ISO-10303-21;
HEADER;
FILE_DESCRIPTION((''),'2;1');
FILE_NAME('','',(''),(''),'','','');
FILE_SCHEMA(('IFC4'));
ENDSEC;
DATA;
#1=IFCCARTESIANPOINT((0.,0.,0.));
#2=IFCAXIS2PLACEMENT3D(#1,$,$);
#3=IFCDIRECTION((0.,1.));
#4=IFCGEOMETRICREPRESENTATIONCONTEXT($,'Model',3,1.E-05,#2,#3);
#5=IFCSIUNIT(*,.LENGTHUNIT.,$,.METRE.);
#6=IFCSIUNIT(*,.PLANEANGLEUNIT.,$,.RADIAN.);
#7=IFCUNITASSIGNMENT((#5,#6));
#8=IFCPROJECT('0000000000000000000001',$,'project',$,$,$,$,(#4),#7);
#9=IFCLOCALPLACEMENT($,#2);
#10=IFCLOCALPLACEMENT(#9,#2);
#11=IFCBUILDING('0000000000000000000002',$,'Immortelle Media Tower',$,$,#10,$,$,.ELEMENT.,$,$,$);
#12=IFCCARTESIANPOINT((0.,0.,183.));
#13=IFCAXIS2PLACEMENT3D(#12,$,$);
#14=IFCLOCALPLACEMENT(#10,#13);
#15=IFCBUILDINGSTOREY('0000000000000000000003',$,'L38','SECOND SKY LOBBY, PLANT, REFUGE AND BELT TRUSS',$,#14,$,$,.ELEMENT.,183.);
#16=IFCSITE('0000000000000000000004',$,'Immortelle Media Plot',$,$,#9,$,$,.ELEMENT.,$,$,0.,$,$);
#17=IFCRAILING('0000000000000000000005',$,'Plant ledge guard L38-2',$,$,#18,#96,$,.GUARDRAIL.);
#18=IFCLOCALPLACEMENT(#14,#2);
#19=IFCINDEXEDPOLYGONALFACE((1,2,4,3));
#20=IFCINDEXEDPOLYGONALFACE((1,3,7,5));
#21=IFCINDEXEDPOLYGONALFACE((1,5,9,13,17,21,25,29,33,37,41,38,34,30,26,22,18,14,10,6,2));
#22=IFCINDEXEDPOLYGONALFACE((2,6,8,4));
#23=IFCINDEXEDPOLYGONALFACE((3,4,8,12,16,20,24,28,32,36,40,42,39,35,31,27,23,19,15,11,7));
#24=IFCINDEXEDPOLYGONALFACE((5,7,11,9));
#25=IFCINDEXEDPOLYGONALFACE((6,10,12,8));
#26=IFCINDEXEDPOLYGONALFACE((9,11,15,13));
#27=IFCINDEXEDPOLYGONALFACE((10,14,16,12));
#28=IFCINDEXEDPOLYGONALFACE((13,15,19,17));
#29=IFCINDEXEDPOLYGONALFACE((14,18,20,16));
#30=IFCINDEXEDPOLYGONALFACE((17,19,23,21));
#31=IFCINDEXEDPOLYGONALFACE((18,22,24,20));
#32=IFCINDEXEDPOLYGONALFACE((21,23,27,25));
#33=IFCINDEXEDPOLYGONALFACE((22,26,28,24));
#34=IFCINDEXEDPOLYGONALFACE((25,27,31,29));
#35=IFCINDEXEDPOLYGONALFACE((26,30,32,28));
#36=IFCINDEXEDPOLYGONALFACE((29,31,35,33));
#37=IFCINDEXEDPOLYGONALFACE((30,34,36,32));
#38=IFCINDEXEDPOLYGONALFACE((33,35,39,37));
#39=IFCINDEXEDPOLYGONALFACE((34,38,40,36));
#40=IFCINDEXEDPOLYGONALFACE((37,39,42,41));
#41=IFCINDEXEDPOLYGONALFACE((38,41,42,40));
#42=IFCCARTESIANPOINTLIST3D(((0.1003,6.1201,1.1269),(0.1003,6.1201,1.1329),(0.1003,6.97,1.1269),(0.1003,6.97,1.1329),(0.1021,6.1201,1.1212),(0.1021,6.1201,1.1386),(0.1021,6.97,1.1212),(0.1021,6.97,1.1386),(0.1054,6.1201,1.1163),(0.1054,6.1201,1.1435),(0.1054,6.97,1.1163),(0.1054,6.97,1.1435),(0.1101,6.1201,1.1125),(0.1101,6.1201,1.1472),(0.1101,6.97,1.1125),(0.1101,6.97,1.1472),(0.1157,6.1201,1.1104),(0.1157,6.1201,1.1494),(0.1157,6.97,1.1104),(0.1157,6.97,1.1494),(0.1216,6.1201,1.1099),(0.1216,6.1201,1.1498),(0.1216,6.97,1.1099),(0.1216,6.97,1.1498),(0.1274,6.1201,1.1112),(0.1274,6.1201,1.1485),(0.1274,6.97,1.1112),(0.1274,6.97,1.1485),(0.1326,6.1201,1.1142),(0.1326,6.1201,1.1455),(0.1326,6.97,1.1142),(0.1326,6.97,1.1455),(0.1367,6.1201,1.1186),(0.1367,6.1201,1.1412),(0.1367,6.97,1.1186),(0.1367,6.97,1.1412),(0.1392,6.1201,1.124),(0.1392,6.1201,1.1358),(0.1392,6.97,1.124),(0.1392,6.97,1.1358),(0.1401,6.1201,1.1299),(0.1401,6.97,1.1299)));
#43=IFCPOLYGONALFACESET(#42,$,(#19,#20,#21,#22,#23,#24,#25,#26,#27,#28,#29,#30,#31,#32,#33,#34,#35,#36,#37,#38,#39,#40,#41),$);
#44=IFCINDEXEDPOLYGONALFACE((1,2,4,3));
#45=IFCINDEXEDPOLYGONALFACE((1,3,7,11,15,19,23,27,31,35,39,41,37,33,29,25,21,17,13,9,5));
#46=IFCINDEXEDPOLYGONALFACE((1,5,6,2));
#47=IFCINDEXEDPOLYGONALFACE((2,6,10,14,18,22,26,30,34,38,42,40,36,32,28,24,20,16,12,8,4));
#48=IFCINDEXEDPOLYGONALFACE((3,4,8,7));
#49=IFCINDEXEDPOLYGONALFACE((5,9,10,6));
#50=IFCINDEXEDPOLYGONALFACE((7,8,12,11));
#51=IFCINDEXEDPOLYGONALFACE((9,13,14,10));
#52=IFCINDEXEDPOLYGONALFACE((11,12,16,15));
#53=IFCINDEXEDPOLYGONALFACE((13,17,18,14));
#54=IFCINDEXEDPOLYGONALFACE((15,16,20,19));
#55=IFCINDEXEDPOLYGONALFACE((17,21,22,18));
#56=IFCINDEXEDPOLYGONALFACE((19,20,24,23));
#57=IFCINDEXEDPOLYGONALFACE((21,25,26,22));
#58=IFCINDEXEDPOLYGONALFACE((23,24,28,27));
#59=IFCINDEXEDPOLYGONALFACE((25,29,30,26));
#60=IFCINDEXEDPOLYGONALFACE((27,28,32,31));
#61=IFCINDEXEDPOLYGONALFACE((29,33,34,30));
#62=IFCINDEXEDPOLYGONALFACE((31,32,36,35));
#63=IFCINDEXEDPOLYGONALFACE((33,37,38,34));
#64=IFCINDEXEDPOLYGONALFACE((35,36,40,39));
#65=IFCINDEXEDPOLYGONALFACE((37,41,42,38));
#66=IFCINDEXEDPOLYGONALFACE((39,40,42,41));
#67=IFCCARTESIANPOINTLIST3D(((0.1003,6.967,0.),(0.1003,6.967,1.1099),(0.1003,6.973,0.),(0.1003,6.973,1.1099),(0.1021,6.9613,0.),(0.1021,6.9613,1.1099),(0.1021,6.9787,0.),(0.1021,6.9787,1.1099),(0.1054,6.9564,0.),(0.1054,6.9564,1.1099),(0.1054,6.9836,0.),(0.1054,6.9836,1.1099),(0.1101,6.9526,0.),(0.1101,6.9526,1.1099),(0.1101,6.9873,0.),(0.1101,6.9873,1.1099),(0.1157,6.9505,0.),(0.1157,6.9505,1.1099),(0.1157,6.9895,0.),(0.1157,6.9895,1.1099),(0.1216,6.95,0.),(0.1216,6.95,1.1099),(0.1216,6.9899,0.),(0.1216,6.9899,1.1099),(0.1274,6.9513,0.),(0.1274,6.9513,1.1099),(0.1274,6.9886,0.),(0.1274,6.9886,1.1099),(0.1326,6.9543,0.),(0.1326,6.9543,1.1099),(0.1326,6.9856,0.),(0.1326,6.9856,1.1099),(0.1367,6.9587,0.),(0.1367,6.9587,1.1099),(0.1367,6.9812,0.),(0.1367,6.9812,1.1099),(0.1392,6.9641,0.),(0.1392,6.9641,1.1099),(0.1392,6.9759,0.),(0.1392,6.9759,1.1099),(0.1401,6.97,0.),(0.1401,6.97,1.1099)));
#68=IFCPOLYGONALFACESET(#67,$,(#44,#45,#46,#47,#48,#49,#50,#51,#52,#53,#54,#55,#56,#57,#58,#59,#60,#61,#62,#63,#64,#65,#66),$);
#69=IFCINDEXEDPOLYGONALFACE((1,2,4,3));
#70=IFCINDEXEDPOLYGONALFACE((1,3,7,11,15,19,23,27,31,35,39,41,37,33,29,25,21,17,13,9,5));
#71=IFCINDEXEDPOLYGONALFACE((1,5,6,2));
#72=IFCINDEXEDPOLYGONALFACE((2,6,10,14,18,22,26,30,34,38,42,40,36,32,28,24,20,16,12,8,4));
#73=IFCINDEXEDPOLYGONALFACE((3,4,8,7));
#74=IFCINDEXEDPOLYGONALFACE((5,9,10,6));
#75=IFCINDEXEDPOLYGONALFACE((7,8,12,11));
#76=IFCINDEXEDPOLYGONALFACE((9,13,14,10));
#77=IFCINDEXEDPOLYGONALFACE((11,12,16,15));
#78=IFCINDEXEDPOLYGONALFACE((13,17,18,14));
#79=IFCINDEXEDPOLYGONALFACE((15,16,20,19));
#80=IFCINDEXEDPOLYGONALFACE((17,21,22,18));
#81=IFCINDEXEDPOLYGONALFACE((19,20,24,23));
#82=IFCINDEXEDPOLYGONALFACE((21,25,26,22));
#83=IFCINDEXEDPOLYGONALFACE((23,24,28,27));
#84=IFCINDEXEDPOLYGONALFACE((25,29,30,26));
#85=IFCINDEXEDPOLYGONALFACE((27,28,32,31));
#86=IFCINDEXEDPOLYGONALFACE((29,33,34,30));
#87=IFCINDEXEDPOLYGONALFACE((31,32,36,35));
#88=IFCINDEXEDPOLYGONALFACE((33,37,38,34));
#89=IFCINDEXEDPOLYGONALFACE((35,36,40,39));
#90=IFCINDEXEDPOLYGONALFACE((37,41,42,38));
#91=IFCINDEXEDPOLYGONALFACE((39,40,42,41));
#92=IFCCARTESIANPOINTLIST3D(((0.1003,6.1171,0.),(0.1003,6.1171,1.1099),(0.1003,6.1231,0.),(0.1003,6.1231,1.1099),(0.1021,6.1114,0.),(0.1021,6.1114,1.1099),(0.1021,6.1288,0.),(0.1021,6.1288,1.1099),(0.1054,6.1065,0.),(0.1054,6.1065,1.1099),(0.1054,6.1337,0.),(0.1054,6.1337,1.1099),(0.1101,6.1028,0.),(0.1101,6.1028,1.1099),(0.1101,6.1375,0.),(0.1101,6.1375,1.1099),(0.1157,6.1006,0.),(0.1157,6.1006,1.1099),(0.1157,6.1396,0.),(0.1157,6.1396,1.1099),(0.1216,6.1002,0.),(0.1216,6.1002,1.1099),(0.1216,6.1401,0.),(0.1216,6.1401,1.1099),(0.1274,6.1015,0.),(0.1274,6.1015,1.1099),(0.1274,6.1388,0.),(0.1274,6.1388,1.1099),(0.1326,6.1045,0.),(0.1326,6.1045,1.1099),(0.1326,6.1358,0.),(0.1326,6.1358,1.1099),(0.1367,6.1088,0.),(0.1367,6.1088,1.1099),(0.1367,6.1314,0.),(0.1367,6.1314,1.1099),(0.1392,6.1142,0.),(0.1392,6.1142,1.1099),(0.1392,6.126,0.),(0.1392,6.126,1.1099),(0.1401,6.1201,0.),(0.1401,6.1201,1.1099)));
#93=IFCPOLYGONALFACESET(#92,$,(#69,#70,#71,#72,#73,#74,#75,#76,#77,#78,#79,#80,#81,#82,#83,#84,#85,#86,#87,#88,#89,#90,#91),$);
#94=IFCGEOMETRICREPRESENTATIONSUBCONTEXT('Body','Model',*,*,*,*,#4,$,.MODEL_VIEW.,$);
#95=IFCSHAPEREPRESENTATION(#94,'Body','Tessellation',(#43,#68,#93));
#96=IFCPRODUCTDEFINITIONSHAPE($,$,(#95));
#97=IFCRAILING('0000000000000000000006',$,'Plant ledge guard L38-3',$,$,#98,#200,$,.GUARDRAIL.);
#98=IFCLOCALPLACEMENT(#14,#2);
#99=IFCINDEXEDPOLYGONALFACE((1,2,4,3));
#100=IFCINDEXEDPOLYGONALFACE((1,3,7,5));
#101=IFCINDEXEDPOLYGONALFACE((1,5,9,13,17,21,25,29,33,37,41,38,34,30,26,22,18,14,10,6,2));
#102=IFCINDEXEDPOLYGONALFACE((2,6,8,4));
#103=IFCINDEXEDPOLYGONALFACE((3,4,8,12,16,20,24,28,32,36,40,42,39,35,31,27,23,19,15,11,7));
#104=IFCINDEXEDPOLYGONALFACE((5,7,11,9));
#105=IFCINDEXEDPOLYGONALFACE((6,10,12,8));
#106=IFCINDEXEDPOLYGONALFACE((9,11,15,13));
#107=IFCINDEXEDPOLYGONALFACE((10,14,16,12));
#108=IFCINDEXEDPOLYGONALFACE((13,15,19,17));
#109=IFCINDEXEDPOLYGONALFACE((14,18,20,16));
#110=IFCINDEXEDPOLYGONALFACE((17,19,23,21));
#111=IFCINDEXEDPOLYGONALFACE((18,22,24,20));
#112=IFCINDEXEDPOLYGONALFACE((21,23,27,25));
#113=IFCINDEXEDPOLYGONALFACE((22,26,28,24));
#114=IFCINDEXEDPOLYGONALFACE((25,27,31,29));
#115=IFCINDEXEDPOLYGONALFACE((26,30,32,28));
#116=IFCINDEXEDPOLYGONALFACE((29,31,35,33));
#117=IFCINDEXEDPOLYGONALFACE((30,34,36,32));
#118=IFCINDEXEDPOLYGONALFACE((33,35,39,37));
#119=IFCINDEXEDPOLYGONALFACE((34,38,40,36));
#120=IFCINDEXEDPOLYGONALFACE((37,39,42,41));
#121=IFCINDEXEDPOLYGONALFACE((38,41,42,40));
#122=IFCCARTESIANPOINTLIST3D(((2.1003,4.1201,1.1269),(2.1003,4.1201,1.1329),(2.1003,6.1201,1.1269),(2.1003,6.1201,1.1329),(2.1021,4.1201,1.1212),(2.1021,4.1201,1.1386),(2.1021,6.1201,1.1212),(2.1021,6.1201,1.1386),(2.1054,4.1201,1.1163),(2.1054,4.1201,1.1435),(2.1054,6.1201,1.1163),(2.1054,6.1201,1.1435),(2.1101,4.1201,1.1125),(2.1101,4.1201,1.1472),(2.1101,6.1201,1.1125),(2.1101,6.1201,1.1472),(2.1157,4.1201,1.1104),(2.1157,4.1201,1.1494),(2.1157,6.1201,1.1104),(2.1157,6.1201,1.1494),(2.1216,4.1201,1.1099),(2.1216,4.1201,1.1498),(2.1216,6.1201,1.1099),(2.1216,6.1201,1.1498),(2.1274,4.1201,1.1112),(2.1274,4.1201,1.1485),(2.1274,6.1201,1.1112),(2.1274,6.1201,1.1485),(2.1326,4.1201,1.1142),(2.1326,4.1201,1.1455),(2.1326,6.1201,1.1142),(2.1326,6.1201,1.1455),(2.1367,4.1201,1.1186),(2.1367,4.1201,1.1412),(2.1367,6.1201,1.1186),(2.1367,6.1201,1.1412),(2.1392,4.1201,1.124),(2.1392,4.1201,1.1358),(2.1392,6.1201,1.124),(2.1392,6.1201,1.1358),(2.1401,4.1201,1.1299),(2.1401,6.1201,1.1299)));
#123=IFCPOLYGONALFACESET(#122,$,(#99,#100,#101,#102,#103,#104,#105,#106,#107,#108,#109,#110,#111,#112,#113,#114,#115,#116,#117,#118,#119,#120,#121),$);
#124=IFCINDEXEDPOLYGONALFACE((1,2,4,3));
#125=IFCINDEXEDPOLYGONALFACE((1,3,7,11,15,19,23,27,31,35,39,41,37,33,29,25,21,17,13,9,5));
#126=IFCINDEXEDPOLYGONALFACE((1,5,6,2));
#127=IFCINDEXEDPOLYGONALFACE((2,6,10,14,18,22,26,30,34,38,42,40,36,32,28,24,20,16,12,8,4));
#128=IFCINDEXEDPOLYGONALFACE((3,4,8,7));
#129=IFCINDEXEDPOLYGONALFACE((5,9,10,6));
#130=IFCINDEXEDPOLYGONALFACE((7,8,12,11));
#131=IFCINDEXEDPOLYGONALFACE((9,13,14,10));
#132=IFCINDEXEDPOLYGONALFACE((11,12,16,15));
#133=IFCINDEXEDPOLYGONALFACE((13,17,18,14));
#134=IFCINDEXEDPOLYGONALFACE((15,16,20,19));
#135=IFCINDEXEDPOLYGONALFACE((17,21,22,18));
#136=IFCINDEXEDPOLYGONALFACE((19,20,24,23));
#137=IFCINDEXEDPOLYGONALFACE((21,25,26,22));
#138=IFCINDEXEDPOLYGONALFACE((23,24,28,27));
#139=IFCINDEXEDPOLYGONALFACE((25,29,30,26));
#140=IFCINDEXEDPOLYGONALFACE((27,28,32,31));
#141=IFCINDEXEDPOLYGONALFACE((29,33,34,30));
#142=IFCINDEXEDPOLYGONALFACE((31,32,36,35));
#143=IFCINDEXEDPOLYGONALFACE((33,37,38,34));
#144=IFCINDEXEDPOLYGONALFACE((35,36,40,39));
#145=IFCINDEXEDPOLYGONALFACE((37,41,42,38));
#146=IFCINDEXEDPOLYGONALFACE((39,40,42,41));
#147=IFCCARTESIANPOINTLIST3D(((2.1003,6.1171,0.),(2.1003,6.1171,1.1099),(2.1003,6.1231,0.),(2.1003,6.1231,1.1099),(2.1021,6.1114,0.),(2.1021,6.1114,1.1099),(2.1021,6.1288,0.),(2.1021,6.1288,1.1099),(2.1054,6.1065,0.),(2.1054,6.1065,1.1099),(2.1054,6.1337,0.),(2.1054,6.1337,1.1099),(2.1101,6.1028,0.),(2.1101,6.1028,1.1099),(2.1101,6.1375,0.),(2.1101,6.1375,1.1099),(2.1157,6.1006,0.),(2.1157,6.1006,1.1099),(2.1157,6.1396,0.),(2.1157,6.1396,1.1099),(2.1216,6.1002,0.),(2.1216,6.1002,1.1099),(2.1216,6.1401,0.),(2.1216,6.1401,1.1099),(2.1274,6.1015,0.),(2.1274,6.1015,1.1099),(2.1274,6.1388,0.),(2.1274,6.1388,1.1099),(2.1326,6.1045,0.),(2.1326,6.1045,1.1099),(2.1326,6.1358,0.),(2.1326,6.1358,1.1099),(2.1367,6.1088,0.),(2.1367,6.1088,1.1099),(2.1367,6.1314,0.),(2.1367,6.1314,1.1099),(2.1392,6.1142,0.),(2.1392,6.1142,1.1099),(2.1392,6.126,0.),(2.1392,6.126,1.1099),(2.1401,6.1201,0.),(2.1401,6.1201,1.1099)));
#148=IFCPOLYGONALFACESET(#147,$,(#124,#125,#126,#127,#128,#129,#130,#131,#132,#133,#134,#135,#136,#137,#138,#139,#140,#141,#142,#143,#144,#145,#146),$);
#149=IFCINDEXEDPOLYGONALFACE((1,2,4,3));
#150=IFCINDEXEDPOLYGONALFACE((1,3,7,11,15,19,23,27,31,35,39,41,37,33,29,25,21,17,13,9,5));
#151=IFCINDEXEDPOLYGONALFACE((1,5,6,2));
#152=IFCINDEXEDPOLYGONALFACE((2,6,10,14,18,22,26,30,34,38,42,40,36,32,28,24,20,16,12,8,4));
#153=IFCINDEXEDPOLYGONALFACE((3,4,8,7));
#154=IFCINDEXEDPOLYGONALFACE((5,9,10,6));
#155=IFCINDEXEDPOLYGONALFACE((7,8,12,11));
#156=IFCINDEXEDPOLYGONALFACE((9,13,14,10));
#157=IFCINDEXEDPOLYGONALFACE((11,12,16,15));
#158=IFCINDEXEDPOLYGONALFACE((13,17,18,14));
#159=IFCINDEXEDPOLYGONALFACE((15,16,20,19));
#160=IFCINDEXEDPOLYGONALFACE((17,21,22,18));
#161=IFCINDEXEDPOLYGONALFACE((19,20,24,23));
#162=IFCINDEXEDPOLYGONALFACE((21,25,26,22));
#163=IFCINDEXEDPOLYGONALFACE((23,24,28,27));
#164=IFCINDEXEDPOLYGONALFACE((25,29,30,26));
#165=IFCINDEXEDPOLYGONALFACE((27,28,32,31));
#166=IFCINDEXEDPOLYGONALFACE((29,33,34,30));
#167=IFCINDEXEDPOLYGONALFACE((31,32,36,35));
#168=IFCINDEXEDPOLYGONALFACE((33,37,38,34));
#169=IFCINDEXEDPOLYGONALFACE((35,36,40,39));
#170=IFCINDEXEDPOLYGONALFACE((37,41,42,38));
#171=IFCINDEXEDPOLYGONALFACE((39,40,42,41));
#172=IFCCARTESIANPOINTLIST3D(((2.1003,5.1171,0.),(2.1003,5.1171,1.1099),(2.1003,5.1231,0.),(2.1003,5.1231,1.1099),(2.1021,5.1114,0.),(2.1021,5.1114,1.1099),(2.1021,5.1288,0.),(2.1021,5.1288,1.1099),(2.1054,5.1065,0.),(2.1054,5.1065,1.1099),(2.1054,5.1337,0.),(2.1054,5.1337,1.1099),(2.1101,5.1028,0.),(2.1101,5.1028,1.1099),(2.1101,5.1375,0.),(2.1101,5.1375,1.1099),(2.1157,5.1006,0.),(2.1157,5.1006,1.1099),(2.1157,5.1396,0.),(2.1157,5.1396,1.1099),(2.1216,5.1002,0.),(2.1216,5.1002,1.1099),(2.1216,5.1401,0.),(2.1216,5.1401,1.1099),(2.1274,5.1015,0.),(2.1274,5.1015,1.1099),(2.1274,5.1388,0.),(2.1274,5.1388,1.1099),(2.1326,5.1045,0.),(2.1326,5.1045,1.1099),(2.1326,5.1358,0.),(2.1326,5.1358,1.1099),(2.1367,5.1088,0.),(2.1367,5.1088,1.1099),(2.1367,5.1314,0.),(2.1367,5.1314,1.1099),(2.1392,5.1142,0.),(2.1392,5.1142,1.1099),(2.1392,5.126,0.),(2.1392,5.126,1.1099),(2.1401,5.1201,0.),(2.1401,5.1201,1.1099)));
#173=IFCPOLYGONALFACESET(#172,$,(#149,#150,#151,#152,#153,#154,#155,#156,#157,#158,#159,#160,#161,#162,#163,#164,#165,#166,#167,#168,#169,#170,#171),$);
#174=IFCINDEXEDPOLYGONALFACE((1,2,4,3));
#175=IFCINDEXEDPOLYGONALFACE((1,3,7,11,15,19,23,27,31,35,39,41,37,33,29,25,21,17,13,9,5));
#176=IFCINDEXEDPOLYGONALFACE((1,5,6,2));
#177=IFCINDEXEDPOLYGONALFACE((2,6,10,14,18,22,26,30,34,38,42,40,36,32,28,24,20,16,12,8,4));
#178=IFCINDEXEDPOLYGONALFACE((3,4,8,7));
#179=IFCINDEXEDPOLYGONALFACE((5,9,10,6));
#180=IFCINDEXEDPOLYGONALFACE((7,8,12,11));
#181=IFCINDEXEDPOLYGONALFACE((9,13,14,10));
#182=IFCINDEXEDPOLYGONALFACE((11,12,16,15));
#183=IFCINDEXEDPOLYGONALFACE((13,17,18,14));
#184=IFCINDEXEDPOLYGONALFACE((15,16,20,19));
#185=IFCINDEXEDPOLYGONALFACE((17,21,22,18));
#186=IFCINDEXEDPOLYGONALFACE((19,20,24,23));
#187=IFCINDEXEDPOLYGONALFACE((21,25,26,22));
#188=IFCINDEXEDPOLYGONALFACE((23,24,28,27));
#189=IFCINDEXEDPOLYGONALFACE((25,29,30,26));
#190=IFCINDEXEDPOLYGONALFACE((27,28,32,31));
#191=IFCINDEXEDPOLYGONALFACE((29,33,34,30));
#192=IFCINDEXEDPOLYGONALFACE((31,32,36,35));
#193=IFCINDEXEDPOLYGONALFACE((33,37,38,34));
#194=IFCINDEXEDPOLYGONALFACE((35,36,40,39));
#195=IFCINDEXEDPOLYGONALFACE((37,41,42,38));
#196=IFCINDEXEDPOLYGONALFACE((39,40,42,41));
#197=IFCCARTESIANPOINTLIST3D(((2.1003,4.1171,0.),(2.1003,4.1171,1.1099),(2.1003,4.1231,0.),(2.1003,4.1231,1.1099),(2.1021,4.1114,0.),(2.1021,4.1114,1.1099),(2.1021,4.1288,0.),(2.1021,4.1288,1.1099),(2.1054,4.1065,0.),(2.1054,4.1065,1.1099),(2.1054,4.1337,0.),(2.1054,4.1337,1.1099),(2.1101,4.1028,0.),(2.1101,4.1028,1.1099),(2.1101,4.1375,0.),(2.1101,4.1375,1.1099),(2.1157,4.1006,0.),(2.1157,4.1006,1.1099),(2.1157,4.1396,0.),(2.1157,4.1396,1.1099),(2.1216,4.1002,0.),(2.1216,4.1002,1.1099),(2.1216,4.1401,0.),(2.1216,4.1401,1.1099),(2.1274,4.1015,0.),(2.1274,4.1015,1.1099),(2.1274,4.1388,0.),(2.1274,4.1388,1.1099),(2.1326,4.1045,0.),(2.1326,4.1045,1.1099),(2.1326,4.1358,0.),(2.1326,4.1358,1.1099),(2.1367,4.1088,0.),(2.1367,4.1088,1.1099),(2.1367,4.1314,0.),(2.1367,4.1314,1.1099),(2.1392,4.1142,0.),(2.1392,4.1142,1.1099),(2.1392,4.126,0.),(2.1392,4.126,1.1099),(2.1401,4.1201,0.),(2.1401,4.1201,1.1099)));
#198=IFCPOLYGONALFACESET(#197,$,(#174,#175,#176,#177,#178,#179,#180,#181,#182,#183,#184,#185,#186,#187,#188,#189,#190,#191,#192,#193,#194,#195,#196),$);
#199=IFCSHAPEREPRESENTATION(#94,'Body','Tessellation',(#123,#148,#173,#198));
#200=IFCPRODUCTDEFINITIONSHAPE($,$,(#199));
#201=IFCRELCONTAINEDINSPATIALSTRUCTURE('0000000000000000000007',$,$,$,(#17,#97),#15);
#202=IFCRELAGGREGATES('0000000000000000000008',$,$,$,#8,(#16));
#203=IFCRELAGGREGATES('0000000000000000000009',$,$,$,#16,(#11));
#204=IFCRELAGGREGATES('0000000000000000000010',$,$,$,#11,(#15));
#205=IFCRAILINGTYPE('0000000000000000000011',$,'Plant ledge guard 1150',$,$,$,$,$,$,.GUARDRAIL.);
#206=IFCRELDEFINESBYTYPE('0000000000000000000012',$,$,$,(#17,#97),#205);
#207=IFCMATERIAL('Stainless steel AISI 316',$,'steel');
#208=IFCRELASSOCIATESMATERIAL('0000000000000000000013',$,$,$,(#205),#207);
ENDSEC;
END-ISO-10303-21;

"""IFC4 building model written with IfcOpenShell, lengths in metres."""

from ifc_helpers import new_model, si_unit, direction, frame, origin, origin_2d, place, context, subcontext, project, spatial, circle, extrude, material, type_object, element, save


model = new_model("IFC4")

# Units and contexts
model_context = context("Model", 3, precision=1e-05, world=origin(), true_north=direction((0.0, 1.0)))
body_context = subcontext(model_context, "Body", "Model", "MODEL_VIEW")
ifc_project = project(units=[si_unit("LENGTHUNIT", "METRE"), si_unit("PLANEANGLEUNIT", "RADIAN")], contexts=[model_context])

# Site, building, storey
site_placement = place(None, origin())
site = spatial("IfcSite", under=ifc_project, at=site_placement, Name="Immortelle Media Plot", CompositionType="ELEMENT", RefElevation=0.0)
building_placement = place(site_placement, origin())
building = spatial("IfcBuilding", under=site, at=building_placement, Name="Immortelle Media Tower", CompositionType="ELEMENT")
storey_placement = place(building_placement, frame((0.0, 0.0, 183.0)))
storey = spatial("IfcBuildingStorey", under=building, at=storey_placement, Name="L38", Description="SECOND SKY LOBBY, PLANT, REFUGE AND BELT TRUSS", CompositionType="ELEMENT", Elevation=183.0)

# Railings
ifc_material_1 = material(Name="Stainless steel AISI 316", Category="steel")
railing_type = type_object("IfcRailingType", Name="Plant ledge guard 1150", PredefinedType="GUARDRAIL", material=ifc_material_1)
railing_1_placement = place(storey_placement, frame((0.1201, 6.97, 0.0)))
element("IfcRailing", 1, at=railing_1_placement, inside=storey, type_object=railing_type, Name="Plant ledge guard L38-2", PredefinedType="GUARDRAIL", context=body_context, shape_type="SweptSolid", body=[
    extrude(circle(Radius=0.02, at=origin_2d()), frame((0.0, 0.0, 1.1299), z_axis=(0.0, -1.0, 0.0), x_axis=(1.0, 0.0, 0.0)), (0.0, 0.0, 1.0), 0.8499),
    extrude(circle(Radius=0.02, at=origin_2d()), origin(), (0.0, 0.0, 1.0), 1.1099),
    extrude(circle(Radius=0.02, at=origin_2d()), frame((0.0, -0.8499, 0.0)), (0.0, 0.0, 1.0), 1.1099),
])
railing_2_placement = place(storey_placement, frame((2.1201, 6.1201, 0.0)))
element("IfcRailing", 2, at=railing_2_placement, inside=storey, type_object=railing_type, Name="Plant ledge guard L38-3", PredefinedType="GUARDRAIL", context=body_context, shape_type="SweptSolid", body=[
    extrude(circle(Radius=0.02, at=origin_2d()), frame((0.0, 0.0, 1.1299), z_axis=(0.0, -1.0, 0.0), x_axis=(1.0, 0.0, 0.0)), (0.0, 0.0, 1.0), 2.0),
    extrude(circle(Radius=0.02, at=origin_2d()), origin(), (0.0, 0.0, 1.0), 1.1099),
    extrude(circle(Radius=0.02, at=origin_2d()), frame((0.0, -1.0, 0.0)), (0.0, 0.0, 1.0), 1.1099),
    extrude(circle(Radius=0.02, at=origin_2d()), frame((0.0, -2.0, 0.0)), (0.0, 0.0, 1.0), 1.1099),
])

save(model, "model.ifc")
